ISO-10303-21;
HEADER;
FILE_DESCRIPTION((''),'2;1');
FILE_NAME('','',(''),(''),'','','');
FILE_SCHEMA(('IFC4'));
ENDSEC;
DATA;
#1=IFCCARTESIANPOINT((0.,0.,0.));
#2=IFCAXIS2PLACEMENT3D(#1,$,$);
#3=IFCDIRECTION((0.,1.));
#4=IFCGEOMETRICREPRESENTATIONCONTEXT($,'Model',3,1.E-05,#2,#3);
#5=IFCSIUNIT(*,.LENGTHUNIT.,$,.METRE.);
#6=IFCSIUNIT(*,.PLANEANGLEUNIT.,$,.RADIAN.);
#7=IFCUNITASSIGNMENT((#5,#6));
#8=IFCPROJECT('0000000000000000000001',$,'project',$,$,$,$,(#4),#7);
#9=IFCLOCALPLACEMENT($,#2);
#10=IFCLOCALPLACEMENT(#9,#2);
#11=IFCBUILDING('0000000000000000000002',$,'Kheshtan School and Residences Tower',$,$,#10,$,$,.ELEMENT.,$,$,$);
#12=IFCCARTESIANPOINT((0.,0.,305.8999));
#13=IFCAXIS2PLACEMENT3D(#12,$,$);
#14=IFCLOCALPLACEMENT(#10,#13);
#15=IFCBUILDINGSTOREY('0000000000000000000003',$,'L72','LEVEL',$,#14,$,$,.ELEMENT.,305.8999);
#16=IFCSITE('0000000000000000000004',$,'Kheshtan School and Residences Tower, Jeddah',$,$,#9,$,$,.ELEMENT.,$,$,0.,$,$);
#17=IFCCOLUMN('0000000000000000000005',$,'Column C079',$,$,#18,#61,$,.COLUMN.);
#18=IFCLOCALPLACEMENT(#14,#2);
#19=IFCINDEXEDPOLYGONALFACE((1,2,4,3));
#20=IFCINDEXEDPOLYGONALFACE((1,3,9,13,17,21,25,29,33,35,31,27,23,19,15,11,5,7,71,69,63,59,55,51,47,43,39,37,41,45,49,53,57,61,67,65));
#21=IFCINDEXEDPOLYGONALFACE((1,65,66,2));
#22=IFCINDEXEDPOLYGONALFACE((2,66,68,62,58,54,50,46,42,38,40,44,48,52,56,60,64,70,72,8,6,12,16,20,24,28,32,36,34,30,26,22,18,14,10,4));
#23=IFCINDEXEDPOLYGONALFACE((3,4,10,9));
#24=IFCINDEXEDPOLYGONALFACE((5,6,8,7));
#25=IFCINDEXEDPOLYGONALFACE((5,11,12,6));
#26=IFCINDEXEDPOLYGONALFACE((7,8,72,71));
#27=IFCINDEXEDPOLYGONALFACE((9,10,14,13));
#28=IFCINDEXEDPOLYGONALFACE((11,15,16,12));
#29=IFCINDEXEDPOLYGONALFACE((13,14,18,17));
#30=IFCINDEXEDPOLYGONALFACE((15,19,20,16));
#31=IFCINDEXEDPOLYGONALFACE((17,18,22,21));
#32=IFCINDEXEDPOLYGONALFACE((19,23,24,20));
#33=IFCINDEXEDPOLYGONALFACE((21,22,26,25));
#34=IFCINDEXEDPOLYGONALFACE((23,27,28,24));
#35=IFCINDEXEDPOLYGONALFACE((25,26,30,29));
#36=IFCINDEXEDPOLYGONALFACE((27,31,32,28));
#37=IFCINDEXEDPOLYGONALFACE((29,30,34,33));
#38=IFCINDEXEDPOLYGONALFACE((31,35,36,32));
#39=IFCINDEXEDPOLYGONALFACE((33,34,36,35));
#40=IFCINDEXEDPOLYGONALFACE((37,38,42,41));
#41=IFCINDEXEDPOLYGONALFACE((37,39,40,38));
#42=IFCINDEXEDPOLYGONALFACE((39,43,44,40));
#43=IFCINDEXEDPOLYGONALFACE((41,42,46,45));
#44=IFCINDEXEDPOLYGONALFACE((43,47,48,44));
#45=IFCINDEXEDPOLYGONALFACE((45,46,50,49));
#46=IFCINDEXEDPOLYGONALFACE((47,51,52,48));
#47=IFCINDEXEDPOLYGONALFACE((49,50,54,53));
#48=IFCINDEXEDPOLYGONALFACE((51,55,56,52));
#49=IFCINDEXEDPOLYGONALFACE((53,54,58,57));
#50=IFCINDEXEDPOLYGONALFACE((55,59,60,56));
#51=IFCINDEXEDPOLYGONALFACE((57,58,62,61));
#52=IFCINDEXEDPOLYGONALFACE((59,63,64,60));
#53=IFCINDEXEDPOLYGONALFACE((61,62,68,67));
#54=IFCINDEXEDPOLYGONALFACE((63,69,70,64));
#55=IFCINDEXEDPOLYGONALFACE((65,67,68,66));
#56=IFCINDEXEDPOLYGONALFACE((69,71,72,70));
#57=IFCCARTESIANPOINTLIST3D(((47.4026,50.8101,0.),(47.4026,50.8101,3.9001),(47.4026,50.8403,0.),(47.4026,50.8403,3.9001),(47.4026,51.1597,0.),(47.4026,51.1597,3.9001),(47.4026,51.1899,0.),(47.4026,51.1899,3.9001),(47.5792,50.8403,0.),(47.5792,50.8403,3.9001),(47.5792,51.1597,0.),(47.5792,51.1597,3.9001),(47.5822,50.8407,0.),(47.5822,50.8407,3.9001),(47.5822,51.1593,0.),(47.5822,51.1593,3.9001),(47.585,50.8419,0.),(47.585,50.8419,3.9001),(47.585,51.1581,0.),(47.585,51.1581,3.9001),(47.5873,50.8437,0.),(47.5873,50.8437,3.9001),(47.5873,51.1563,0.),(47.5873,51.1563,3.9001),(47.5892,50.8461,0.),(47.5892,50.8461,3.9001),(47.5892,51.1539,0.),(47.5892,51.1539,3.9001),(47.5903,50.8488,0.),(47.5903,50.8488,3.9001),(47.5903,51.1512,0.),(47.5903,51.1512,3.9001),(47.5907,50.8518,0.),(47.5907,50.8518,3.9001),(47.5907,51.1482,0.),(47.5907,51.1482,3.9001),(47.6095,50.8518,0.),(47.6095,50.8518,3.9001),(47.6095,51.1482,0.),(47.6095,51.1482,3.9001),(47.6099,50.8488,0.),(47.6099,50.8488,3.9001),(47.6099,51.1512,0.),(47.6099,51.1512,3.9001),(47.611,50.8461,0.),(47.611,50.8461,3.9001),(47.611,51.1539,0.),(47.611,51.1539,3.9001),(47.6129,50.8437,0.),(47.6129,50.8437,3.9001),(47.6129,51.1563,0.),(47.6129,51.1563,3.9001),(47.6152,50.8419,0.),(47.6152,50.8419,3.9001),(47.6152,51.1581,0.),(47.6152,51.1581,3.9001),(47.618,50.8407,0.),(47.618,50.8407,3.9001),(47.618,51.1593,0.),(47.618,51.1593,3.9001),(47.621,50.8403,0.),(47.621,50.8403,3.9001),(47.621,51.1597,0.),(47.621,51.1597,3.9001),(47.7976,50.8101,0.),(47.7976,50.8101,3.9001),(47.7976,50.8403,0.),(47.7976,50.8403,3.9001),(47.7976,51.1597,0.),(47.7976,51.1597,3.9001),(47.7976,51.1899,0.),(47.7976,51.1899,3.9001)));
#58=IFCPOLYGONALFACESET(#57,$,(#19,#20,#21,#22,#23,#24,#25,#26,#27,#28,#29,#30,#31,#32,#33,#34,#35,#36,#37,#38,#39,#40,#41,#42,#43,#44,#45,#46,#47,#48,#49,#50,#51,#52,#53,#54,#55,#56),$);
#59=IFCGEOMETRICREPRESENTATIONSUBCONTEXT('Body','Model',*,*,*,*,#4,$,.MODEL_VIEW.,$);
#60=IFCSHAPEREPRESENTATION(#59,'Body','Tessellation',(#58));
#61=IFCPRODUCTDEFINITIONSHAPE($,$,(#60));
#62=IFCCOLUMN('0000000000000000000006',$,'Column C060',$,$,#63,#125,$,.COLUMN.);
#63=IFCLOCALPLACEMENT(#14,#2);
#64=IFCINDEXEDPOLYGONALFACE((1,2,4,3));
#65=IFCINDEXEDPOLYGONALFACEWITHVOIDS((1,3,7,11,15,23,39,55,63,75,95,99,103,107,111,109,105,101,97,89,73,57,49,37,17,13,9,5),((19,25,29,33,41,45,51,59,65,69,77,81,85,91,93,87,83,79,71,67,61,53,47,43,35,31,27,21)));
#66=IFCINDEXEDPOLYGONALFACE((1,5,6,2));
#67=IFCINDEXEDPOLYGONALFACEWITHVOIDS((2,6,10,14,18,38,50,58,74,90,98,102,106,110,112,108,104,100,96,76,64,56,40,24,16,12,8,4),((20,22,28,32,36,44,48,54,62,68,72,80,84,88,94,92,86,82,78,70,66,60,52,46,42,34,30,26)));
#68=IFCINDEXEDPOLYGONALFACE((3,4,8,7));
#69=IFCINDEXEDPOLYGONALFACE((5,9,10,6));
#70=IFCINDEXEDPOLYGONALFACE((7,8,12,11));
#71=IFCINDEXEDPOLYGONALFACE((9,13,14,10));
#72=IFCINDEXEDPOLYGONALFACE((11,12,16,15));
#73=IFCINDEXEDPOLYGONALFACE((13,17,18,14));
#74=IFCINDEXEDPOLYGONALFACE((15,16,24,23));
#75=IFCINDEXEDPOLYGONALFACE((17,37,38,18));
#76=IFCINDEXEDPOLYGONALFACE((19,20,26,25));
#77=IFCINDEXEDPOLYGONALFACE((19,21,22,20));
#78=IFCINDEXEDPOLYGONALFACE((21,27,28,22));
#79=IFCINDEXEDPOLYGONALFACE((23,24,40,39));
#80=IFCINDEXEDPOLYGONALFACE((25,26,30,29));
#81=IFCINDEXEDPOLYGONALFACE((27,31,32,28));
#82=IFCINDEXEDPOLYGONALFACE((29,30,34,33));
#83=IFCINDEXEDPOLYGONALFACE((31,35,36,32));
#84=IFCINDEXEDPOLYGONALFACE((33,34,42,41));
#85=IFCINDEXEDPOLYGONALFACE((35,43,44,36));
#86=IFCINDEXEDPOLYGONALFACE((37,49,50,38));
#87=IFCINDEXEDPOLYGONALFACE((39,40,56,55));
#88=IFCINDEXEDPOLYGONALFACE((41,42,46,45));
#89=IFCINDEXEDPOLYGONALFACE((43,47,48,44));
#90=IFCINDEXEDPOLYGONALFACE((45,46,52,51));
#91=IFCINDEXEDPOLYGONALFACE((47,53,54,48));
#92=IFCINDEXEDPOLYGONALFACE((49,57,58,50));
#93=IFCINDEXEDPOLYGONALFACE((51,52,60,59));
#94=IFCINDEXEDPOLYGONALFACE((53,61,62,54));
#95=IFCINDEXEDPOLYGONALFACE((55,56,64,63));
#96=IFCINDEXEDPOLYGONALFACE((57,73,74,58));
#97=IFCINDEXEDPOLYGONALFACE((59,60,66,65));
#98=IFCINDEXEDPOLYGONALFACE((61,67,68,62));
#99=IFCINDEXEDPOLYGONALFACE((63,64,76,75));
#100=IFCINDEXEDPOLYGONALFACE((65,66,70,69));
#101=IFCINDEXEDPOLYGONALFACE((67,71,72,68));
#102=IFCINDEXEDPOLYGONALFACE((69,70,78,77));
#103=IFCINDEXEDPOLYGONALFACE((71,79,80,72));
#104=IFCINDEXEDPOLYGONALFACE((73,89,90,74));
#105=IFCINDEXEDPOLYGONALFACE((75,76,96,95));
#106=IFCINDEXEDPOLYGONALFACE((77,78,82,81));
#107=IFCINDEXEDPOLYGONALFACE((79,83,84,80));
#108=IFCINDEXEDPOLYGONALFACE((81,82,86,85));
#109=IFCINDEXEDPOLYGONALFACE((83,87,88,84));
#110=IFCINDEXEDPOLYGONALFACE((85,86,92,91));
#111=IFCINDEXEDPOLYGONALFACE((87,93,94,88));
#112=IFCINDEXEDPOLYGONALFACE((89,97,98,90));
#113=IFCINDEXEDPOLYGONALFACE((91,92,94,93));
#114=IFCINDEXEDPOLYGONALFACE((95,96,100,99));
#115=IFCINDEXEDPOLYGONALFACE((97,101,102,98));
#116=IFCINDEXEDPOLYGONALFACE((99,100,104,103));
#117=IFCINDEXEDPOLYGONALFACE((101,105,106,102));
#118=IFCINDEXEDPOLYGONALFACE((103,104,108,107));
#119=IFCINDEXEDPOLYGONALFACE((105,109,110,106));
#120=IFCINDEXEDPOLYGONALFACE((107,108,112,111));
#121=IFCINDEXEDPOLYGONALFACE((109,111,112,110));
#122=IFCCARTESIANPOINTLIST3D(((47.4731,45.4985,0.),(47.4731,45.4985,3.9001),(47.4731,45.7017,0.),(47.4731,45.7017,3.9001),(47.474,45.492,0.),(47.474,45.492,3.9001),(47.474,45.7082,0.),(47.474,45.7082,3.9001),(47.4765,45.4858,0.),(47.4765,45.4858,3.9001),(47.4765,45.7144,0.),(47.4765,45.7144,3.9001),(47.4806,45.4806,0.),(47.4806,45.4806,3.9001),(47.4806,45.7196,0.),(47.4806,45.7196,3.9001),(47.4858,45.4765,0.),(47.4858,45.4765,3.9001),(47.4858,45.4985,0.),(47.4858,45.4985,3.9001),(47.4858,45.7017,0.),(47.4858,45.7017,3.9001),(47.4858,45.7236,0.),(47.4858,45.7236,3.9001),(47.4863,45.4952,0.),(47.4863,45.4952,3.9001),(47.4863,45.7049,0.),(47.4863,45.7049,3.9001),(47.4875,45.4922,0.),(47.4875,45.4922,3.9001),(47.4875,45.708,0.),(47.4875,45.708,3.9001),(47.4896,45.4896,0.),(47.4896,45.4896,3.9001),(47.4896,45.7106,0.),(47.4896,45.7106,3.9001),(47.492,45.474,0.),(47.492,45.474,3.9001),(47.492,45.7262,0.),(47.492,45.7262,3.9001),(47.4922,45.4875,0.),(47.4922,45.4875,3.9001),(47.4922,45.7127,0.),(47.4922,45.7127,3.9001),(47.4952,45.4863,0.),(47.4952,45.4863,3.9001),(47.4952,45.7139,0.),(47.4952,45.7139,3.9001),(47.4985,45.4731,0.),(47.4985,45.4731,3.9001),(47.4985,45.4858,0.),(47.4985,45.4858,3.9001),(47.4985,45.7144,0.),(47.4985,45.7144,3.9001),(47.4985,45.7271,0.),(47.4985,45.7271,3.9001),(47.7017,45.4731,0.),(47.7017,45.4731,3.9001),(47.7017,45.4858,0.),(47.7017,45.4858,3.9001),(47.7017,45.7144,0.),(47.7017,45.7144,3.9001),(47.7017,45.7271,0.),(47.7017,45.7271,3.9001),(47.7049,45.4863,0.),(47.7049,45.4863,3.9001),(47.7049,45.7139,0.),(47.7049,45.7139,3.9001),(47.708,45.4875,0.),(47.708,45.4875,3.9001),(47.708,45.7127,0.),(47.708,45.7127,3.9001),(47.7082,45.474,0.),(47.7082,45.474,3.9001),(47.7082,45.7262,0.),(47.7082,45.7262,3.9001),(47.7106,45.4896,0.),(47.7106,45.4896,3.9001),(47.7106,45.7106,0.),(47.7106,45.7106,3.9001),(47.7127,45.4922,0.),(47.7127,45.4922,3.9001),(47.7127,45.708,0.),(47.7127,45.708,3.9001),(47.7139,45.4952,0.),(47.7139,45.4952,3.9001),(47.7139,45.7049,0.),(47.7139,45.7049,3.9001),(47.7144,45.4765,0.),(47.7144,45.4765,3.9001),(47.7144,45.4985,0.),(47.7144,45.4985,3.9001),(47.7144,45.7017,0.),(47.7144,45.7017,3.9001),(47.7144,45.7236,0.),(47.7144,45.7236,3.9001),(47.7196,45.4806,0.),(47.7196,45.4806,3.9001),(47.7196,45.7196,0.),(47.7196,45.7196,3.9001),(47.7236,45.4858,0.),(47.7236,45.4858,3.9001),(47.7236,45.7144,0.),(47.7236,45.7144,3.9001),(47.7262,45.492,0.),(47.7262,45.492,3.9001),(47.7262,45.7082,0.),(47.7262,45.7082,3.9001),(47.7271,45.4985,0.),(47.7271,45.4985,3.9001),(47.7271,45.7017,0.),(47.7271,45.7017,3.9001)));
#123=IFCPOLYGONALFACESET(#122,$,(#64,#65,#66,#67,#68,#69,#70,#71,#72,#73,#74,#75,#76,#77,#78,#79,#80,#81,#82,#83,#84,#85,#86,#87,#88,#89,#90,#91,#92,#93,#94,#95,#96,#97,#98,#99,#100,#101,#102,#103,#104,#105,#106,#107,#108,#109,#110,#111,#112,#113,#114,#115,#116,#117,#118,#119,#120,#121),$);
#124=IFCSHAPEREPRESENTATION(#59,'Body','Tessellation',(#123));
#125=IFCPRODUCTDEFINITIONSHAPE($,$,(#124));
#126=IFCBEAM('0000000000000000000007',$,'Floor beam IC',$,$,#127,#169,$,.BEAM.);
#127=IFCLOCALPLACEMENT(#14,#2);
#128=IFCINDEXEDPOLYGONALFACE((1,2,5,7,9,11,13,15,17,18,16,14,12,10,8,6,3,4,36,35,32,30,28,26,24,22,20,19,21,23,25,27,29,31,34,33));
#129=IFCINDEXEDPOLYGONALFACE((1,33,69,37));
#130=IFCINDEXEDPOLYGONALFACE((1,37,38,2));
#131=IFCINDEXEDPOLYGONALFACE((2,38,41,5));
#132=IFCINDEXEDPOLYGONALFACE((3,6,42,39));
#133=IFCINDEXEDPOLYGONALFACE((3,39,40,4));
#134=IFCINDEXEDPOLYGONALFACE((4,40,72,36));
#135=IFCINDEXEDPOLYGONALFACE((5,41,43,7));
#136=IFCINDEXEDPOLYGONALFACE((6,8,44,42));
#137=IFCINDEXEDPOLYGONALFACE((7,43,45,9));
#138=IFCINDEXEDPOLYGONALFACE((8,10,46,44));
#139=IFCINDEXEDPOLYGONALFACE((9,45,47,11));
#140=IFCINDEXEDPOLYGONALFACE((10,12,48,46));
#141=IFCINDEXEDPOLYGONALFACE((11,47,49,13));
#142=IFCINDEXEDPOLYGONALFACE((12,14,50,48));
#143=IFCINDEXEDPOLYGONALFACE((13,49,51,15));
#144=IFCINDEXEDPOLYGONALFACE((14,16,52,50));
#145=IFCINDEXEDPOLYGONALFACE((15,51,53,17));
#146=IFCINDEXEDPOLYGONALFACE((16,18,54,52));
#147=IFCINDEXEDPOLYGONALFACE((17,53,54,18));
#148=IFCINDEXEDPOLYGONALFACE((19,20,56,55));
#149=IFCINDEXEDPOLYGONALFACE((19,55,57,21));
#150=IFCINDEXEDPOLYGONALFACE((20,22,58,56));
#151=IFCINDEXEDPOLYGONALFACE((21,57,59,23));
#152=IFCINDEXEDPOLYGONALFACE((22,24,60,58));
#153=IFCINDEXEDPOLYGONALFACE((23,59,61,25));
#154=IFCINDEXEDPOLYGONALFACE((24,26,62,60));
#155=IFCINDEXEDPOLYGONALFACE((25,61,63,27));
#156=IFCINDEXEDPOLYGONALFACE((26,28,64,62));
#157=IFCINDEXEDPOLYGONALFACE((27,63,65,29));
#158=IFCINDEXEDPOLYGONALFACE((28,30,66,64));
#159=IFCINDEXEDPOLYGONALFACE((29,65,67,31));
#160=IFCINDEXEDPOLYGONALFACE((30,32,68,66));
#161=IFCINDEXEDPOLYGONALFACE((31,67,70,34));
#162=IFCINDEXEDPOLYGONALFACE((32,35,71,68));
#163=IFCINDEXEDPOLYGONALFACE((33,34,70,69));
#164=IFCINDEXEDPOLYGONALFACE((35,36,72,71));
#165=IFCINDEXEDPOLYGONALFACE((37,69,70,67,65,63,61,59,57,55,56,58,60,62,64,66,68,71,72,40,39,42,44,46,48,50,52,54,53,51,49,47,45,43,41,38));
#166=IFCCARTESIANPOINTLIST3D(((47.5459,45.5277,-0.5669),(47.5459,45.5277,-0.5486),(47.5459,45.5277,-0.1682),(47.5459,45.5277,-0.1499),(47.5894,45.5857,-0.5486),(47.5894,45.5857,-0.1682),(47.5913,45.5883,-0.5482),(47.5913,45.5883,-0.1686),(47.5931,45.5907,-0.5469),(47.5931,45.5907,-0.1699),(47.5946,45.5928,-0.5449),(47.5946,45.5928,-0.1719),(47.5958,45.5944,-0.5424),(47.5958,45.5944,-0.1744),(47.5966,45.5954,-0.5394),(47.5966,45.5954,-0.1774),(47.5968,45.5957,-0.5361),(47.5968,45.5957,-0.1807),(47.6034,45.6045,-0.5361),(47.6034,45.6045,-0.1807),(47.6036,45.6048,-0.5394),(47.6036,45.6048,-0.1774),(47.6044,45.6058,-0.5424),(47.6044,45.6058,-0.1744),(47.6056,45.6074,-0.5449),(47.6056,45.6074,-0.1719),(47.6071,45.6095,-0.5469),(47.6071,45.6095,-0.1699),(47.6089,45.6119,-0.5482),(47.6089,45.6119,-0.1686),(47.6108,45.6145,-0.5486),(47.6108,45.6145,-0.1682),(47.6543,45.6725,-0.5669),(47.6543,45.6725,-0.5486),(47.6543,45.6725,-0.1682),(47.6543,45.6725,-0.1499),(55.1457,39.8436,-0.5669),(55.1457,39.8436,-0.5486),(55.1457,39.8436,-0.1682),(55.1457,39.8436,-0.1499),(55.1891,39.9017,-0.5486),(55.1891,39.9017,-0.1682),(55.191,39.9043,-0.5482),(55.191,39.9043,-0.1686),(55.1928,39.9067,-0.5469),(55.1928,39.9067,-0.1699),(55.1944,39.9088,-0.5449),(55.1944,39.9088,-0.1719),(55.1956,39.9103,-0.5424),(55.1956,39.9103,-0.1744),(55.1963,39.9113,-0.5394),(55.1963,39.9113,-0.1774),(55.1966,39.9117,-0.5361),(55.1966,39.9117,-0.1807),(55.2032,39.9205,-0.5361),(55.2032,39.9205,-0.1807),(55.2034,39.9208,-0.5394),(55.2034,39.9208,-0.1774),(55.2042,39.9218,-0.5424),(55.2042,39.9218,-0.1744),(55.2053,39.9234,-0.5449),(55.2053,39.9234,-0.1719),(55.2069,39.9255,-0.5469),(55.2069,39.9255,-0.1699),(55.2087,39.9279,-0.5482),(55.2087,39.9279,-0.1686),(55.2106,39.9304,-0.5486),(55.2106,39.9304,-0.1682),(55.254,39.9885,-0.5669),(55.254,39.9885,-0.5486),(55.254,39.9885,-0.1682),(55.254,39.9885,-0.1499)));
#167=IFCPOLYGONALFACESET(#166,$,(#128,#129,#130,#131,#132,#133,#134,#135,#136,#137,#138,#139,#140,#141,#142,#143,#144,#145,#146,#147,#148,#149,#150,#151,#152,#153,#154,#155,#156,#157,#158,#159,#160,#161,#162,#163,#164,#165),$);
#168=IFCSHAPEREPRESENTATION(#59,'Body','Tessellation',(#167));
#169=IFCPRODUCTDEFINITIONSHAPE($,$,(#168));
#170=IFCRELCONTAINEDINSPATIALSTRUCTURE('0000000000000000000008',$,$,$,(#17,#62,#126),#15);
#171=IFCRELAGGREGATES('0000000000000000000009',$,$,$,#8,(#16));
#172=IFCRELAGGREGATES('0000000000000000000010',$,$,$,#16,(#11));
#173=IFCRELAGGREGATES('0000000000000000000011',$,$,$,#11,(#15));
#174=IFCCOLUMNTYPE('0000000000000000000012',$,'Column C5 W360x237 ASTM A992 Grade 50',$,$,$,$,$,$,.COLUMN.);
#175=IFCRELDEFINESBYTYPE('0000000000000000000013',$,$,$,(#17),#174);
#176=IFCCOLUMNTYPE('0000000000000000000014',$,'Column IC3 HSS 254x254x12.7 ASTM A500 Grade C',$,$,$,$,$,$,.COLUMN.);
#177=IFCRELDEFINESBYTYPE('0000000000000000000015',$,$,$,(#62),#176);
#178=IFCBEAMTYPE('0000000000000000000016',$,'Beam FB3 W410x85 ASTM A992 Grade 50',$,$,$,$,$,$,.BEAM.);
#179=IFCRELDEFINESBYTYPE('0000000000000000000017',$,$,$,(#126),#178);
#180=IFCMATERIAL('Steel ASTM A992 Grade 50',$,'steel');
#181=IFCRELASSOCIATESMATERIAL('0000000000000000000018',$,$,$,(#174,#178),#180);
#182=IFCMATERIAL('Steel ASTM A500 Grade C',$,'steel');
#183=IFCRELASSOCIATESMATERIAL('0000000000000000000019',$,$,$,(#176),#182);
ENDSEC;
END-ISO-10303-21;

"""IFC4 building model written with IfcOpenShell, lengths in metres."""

from ifc_helpers import new_model, si_unit, direction, frame, origin, origin_2d, place, context, subcontext, project, spatial, hollow_rectangle, i_section, extrude, material, material_profile, profile_set, type_object, element, save


model = new_model("IFC4")

# Units and contexts
model_context = context("Model", 3, precision=1e-05, world=origin(), true_north=direction((0.0, 1.0)))
body_context = subcontext(model_context, "Body", "Model", "MODEL_VIEW")
ifc_project = project(units=[si_unit("LENGTHUNIT", "METRE"), si_unit("PLANEANGLEUNIT", "RADIAN")], contexts=[model_context])

# Site, building, storey
site_placement = place(None, origin())
site = spatial("IfcSite", under=ifc_project, at=site_placement, Name="Kheshtan School and Residences Tower, Jeddah", CompositionType="ELEMENT", RefElevation=0.0)
building_placement = place(site_placement, origin())
building = spatial("IfcBuilding", under=site, at=building_placement, Name="Kheshtan School and Residences Tower", CompositionType="ELEMENT")
storey_placement = place(building_placement, frame((0.0, 0.0, 305.8999)))
storey = spatial("IfcBuildingStorey", under=building, at=storey_placement, Name="L72", Description="LEVEL", CompositionType="ELEMENT", Elevation=305.8999)

# Columns
ifc_material_1 = material(Name="Steel ASTM A992 Grade 50", Category="steel")
ifc_material_profile_1 = material_profile(ifc_material_1, i_section(OverallWidth=0.395, OverallDepth=0.3799, WebThickness=0.0188, FlangeThickness=0.0303, FilletRadius=0.0115, at=origin_2d()), Name="W360x237")
ifc_profile_set_1 = profile_set([ifc_material_profile_1], Name="Steel ASTM A992 Grade 50")
column_type_1 = type_object("IfcColumnType", Name="Column C5 W360x237 ASTM A992 Grade 50", PredefinedType="COLUMN", material=ifc_profile_set_1)
column_1_placement = place(storey_placement, frame((47.6001, 51.0, 0.0), z_axis=(0.0, 0.0, 1.0), x_axis=(1.0, 0.0, 0.0)))
element("IfcColumn", 1, at=column_1_placement, inside=storey, type_object=column_type_1, Name="Column C079", PredefinedType="COLUMN", context=body_context, shape_type="SweptSolid", body=[
    extrude(i_section(OverallWidth=0.395, OverallDepth=0.3799, WebThickness=0.0188, FlangeThickness=0.0303, FilletRadius=0.0115, at=origin_2d()), origin(), (0.0, 0.0, 1.0), 3.9001),
])
ifc_material_2 = material(Name="Steel ASTM A500 Grade C", Category="steel")
ifc_material_profile_2 = material_profile(ifc_material_2, hollow_rectangle(XDim=0.2539, YDim=0.2539, WallThickness=0.0127, InnerFilletRadius=0.0127, OuterFilletRadius=0.0254, at=origin_2d()), Name="HSS 254x254x12.7")
ifc_profile_set_2 = profile_set([ifc_material_profile_2], Name="Steel ASTM A500 Grade C")
column_type_2 = type_object("IfcColumnType", Name="Column IC3 HSS 254x254x12.7 ASTM A500 Grade C", PredefinedType="COLUMN", material=ifc_profile_set_2)
column_2_placement = place(storey_placement, frame((47.6001, 45.6001, 0.0), z_axis=(0.0, 0.0, 1.0), x_axis=(1.0, 0.0, 0.0)))
element("IfcColumn", 2, at=column_2_placement, inside=storey, type_object=column_type_2, Name="Column C060", PredefinedType="COLUMN", context=body_context, shape_type="SweptSolid", body=[
    extrude(hollow_rectangle(XDim=0.2539, YDim=0.2539, WallThickness=0.0127, InnerFilletRadius=0.0127, OuterFilletRadius=0.0254, at=origin_2d()), origin(), (0.0, 0.0, 1.0), 3.9001),
])

# Beam
ifc_material_profile_3 = material_profile(ifc_material_1, i_section(OverallWidth=0.1809, OverallDepth=0.417, WebThickness=0.011, FlangeThickness=0.0183, FilletRadius=0.0125, at=origin_2d()), Name="W410x85")
ifc_profile_set_3 = profile_set([ifc_material_profile_3], Name="Steel ASTM A992 Grade 50")
beam_type_1 = type_object("IfcBeamType", Name="Beam FB3 W410x85 ASTM A992 Grade 50", PredefinedType="BEAM", material=ifc_profile_set_3)
beam_1_placement = place(storey_placement, frame((47.6001, 45.6001, -0.3584), z_axis=(0.800799, -0.598933, 0.0), x_axis=(0.598933, 0.800799, 0.0)))
element("IfcBeam", 3, at=beam_1_placement, inside=storey, type_object=beam_type_1, Name="Floor beam IC", PredefinedType="BEAM", context=body_context, shape_type="SweptSolid", body=[
    extrude(i_section(OverallWidth=0.1809, OverallDepth=0.417, WebThickness=0.011, FlangeThickness=0.0183, FilletRadius=0.0125, at=origin_2d()), origin(), (0.0, 0.0, 1.0), 9.4902),
])

save(model, "model.ifc")
